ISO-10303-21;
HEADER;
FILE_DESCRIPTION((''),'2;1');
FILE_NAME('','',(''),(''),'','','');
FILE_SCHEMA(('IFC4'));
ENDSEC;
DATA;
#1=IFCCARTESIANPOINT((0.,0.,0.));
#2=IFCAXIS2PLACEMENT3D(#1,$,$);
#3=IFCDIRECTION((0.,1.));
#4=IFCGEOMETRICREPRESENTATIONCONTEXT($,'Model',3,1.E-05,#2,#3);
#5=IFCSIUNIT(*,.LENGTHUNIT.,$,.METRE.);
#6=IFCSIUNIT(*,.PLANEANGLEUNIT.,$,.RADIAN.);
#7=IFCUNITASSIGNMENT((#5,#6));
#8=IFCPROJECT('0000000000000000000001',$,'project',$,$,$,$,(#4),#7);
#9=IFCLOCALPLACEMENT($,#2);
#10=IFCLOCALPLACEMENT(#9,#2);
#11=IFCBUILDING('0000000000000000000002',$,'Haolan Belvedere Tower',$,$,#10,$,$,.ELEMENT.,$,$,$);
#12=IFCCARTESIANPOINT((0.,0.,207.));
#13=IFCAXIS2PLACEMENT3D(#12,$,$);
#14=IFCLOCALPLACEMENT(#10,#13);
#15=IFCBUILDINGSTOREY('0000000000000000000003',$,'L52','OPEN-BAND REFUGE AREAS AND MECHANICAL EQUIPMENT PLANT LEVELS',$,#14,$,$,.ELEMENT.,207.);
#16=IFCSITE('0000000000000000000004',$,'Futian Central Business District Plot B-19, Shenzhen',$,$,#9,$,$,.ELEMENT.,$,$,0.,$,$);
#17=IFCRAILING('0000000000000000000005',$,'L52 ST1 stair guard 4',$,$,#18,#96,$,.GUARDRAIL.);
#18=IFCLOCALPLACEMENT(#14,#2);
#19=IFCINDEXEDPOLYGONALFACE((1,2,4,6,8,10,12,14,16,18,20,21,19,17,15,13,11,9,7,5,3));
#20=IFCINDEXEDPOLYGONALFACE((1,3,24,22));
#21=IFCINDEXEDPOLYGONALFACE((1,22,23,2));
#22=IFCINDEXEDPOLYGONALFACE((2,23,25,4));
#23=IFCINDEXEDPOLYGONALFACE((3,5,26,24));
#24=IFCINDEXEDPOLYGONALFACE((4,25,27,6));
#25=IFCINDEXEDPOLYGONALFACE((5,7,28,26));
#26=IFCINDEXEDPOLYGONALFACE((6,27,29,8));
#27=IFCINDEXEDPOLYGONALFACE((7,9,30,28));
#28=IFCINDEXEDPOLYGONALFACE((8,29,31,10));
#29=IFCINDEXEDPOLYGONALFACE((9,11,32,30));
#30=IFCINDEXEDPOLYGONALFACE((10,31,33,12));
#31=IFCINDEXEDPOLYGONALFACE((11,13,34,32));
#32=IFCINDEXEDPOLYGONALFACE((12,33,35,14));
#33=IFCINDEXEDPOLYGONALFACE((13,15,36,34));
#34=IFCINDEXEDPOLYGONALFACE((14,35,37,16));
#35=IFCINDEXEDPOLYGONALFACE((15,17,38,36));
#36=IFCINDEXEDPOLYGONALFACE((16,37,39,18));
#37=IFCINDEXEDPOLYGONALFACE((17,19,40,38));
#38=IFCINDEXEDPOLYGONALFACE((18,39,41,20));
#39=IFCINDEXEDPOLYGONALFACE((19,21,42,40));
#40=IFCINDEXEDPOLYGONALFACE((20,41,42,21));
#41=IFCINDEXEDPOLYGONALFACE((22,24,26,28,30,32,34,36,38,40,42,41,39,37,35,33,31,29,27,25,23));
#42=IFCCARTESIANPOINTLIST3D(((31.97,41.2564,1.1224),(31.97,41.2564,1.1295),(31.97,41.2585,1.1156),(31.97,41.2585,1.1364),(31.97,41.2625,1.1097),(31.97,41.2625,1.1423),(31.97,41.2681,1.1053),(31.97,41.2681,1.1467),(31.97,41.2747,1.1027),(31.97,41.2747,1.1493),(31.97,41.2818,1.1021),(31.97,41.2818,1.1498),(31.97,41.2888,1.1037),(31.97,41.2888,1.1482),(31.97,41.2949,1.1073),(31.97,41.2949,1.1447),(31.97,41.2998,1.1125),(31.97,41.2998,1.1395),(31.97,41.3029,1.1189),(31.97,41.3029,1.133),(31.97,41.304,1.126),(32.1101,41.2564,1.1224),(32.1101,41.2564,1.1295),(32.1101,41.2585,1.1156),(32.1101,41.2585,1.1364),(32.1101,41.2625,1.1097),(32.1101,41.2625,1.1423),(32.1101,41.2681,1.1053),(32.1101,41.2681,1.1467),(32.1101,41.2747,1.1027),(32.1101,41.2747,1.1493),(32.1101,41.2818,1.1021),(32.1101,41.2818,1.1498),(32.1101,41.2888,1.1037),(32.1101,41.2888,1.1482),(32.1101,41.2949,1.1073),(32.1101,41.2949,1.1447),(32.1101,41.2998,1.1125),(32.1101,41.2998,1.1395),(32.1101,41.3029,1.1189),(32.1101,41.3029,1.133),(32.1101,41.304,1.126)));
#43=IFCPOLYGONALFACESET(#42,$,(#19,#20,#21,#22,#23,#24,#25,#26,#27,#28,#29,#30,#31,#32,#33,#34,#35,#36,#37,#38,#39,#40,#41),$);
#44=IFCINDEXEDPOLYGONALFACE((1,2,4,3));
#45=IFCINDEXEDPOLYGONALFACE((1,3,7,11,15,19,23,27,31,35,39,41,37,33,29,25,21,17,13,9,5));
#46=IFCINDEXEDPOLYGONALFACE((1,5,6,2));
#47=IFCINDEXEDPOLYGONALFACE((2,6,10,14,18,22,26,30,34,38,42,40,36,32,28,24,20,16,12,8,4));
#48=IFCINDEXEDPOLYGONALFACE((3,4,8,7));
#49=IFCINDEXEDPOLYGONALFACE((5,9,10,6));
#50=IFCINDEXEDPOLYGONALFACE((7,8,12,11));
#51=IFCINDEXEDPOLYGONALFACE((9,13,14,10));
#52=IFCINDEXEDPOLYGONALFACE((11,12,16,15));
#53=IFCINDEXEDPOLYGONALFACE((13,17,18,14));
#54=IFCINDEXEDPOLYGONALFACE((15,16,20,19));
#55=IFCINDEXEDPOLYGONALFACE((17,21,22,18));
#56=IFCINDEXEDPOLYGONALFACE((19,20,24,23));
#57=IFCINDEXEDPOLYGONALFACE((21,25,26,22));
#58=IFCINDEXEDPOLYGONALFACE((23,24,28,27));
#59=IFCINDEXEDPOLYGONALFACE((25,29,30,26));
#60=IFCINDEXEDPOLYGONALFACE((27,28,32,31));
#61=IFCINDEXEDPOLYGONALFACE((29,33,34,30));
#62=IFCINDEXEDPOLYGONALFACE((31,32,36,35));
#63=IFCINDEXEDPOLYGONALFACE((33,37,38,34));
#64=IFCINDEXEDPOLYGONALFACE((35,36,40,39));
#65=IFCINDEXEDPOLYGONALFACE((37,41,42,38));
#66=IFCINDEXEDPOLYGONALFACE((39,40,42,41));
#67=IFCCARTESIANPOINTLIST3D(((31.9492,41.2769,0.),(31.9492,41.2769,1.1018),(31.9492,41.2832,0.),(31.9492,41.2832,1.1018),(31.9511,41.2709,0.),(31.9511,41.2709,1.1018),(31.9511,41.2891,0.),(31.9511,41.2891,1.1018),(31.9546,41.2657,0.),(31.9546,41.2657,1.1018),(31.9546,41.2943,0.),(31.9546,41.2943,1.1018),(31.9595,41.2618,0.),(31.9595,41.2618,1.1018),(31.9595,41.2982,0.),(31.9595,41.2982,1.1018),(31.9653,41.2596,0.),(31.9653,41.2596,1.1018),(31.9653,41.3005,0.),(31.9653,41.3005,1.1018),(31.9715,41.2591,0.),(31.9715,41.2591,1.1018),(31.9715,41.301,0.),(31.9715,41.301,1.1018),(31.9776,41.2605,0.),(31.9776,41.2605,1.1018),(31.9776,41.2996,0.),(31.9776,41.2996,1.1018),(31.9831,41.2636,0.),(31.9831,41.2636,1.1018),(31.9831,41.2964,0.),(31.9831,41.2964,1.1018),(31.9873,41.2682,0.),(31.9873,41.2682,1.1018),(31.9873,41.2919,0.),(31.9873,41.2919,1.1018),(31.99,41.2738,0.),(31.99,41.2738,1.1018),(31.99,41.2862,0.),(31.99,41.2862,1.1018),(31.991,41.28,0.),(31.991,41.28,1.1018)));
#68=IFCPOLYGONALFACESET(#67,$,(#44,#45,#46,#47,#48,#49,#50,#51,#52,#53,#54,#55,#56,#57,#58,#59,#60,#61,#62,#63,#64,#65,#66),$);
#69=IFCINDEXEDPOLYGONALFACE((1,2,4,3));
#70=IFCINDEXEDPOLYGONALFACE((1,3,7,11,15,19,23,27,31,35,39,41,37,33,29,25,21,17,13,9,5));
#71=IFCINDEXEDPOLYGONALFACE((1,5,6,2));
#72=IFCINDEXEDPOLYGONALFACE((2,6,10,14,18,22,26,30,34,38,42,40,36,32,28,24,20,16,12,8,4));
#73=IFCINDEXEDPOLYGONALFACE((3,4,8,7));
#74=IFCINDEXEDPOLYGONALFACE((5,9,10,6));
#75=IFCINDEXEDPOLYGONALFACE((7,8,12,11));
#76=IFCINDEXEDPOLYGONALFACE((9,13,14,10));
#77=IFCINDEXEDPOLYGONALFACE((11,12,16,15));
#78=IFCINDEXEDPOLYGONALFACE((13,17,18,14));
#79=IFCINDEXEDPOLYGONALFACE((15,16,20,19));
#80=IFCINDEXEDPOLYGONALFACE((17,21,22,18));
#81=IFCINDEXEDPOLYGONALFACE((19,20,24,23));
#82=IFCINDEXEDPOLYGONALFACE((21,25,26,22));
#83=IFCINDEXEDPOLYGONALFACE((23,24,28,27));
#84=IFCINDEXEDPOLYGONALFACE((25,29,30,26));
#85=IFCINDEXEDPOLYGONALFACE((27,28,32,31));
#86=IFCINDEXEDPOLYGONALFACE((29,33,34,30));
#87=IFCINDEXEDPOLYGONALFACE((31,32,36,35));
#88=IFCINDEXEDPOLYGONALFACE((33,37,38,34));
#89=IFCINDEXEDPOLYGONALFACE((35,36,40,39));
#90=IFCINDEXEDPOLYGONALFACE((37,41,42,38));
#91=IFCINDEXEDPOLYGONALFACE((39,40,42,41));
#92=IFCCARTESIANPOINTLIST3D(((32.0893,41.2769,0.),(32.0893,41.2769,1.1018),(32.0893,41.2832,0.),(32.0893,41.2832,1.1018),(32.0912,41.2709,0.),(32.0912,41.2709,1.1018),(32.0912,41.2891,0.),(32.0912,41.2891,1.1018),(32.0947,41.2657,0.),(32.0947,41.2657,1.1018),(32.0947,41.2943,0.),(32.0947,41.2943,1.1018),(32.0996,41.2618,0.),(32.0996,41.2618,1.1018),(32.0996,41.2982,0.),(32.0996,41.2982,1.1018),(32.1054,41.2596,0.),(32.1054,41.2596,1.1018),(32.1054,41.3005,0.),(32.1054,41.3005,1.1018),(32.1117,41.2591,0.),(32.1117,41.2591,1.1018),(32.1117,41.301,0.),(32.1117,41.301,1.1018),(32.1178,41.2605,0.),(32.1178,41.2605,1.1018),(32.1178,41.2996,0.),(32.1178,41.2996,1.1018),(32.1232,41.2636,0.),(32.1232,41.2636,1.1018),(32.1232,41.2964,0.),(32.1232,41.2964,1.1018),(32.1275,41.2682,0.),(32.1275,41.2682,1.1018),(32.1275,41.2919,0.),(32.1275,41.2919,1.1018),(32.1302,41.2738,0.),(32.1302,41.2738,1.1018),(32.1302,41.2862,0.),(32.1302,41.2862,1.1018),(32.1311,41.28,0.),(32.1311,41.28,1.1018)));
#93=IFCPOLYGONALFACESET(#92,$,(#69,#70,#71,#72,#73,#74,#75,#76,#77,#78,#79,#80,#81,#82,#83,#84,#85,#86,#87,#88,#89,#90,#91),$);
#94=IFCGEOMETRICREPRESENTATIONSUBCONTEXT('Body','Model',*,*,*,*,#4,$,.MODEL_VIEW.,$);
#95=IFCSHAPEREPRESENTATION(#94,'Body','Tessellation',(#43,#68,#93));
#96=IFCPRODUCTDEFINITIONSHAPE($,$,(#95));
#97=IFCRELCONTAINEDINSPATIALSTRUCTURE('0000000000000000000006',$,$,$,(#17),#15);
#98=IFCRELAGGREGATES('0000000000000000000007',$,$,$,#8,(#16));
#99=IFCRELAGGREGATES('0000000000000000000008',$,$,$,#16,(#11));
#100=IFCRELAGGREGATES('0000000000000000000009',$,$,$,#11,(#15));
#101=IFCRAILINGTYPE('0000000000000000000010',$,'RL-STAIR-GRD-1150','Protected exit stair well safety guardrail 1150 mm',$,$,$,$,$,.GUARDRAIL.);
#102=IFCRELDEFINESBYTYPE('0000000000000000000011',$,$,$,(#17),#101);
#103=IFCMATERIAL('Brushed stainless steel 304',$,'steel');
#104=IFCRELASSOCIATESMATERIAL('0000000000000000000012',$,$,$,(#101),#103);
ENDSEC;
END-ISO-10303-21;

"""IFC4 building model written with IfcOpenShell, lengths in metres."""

from ifc_helpers import new_model, si_unit, direction, frame, origin, origin_2d, place, context, subcontext, project, spatial, circle, extrude, material, type_object, element, save


model = new_model("IFC4")

# Units and contexts
model_context = context("Model", 3, precision=1e-05, world=origin(), true_north=direction((0.0, 1.0)))
body_context = subcontext(model_context, "Body", "Model", "MODEL_VIEW")
ifc_project = project(units=[si_unit("LENGTHUNIT", "METRE"), si_unit("PLANEANGLEUNIT", "RADIAN")], contexts=[model_context])

# Site, building, storey
site_placement = place(None, origin())
site = spatial("IfcSite", under=ifc_project, at=site_placement, Name="Futian Central Business District Plot B-19, Shenzhen", CompositionType="ELEMENT", RefElevation=0.0)
building_placement = place(site_placement, origin())
building = spatial("IfcBuilding", under=site, at=building_placement, Name="Haolan Belvedere Tower", CompositionType="ELEMENT")
storey_placement = place(building_placement, frame((0.0, 0.0, 207.0)))
storey = spatial("IfcBuildingStorey", under=building, at=storey_placement, Name="L52", Description="OPEN-BAND REFUGE AREAS AND MECHANICAL EQUIPMENT PLANT LEVELS", CompositionType="ELEMENT", Elevation=207.0)

# Railing
ifc_material_1 = material(Name="Brushed stainless steel 304", Category="steel")
railing_type_1 = type_object("IfcRailingType", Name="RL-STAIR-GRD-1150", Description="Protected exit stair well safety guardrail 1150 mm", PredefinedType="GUARDRAIL", material=ifc_material_1)
railing_1_placement = place(storey_placement, frame((31.97, 41.28, 0.0)))
element("IfcRailing", 1, at=railing_1_placement, inside=storey, type_object=railing_type_1, Name="L52 ST1 stair guard 4", PredefinedType="GUARDRAIL", context=body_context, shape_type="SweptSolid", body=[
    extrude(circle(Radius=0.0239, at=origin_2d()), frame((0.0, 0.0, 1.126), z_axis=(1.0, 0.0, 0.0), x_axis=(0.0, 1.0, 0.0)), (0.0, 0.0, 1.0), 0.1401),
    extrude(circle(Radius=0.021, at=origin_2d()), origin(), (0.0, 0.0, 1.0), 1.1018),
    extrude(circle(Radius=0.021, at=origin_2d()), frame((0.1401, 0.0, 0.0)), (0.0, 0.0, 1.0), 1.1018),
])

save(model, "model.ifc")
